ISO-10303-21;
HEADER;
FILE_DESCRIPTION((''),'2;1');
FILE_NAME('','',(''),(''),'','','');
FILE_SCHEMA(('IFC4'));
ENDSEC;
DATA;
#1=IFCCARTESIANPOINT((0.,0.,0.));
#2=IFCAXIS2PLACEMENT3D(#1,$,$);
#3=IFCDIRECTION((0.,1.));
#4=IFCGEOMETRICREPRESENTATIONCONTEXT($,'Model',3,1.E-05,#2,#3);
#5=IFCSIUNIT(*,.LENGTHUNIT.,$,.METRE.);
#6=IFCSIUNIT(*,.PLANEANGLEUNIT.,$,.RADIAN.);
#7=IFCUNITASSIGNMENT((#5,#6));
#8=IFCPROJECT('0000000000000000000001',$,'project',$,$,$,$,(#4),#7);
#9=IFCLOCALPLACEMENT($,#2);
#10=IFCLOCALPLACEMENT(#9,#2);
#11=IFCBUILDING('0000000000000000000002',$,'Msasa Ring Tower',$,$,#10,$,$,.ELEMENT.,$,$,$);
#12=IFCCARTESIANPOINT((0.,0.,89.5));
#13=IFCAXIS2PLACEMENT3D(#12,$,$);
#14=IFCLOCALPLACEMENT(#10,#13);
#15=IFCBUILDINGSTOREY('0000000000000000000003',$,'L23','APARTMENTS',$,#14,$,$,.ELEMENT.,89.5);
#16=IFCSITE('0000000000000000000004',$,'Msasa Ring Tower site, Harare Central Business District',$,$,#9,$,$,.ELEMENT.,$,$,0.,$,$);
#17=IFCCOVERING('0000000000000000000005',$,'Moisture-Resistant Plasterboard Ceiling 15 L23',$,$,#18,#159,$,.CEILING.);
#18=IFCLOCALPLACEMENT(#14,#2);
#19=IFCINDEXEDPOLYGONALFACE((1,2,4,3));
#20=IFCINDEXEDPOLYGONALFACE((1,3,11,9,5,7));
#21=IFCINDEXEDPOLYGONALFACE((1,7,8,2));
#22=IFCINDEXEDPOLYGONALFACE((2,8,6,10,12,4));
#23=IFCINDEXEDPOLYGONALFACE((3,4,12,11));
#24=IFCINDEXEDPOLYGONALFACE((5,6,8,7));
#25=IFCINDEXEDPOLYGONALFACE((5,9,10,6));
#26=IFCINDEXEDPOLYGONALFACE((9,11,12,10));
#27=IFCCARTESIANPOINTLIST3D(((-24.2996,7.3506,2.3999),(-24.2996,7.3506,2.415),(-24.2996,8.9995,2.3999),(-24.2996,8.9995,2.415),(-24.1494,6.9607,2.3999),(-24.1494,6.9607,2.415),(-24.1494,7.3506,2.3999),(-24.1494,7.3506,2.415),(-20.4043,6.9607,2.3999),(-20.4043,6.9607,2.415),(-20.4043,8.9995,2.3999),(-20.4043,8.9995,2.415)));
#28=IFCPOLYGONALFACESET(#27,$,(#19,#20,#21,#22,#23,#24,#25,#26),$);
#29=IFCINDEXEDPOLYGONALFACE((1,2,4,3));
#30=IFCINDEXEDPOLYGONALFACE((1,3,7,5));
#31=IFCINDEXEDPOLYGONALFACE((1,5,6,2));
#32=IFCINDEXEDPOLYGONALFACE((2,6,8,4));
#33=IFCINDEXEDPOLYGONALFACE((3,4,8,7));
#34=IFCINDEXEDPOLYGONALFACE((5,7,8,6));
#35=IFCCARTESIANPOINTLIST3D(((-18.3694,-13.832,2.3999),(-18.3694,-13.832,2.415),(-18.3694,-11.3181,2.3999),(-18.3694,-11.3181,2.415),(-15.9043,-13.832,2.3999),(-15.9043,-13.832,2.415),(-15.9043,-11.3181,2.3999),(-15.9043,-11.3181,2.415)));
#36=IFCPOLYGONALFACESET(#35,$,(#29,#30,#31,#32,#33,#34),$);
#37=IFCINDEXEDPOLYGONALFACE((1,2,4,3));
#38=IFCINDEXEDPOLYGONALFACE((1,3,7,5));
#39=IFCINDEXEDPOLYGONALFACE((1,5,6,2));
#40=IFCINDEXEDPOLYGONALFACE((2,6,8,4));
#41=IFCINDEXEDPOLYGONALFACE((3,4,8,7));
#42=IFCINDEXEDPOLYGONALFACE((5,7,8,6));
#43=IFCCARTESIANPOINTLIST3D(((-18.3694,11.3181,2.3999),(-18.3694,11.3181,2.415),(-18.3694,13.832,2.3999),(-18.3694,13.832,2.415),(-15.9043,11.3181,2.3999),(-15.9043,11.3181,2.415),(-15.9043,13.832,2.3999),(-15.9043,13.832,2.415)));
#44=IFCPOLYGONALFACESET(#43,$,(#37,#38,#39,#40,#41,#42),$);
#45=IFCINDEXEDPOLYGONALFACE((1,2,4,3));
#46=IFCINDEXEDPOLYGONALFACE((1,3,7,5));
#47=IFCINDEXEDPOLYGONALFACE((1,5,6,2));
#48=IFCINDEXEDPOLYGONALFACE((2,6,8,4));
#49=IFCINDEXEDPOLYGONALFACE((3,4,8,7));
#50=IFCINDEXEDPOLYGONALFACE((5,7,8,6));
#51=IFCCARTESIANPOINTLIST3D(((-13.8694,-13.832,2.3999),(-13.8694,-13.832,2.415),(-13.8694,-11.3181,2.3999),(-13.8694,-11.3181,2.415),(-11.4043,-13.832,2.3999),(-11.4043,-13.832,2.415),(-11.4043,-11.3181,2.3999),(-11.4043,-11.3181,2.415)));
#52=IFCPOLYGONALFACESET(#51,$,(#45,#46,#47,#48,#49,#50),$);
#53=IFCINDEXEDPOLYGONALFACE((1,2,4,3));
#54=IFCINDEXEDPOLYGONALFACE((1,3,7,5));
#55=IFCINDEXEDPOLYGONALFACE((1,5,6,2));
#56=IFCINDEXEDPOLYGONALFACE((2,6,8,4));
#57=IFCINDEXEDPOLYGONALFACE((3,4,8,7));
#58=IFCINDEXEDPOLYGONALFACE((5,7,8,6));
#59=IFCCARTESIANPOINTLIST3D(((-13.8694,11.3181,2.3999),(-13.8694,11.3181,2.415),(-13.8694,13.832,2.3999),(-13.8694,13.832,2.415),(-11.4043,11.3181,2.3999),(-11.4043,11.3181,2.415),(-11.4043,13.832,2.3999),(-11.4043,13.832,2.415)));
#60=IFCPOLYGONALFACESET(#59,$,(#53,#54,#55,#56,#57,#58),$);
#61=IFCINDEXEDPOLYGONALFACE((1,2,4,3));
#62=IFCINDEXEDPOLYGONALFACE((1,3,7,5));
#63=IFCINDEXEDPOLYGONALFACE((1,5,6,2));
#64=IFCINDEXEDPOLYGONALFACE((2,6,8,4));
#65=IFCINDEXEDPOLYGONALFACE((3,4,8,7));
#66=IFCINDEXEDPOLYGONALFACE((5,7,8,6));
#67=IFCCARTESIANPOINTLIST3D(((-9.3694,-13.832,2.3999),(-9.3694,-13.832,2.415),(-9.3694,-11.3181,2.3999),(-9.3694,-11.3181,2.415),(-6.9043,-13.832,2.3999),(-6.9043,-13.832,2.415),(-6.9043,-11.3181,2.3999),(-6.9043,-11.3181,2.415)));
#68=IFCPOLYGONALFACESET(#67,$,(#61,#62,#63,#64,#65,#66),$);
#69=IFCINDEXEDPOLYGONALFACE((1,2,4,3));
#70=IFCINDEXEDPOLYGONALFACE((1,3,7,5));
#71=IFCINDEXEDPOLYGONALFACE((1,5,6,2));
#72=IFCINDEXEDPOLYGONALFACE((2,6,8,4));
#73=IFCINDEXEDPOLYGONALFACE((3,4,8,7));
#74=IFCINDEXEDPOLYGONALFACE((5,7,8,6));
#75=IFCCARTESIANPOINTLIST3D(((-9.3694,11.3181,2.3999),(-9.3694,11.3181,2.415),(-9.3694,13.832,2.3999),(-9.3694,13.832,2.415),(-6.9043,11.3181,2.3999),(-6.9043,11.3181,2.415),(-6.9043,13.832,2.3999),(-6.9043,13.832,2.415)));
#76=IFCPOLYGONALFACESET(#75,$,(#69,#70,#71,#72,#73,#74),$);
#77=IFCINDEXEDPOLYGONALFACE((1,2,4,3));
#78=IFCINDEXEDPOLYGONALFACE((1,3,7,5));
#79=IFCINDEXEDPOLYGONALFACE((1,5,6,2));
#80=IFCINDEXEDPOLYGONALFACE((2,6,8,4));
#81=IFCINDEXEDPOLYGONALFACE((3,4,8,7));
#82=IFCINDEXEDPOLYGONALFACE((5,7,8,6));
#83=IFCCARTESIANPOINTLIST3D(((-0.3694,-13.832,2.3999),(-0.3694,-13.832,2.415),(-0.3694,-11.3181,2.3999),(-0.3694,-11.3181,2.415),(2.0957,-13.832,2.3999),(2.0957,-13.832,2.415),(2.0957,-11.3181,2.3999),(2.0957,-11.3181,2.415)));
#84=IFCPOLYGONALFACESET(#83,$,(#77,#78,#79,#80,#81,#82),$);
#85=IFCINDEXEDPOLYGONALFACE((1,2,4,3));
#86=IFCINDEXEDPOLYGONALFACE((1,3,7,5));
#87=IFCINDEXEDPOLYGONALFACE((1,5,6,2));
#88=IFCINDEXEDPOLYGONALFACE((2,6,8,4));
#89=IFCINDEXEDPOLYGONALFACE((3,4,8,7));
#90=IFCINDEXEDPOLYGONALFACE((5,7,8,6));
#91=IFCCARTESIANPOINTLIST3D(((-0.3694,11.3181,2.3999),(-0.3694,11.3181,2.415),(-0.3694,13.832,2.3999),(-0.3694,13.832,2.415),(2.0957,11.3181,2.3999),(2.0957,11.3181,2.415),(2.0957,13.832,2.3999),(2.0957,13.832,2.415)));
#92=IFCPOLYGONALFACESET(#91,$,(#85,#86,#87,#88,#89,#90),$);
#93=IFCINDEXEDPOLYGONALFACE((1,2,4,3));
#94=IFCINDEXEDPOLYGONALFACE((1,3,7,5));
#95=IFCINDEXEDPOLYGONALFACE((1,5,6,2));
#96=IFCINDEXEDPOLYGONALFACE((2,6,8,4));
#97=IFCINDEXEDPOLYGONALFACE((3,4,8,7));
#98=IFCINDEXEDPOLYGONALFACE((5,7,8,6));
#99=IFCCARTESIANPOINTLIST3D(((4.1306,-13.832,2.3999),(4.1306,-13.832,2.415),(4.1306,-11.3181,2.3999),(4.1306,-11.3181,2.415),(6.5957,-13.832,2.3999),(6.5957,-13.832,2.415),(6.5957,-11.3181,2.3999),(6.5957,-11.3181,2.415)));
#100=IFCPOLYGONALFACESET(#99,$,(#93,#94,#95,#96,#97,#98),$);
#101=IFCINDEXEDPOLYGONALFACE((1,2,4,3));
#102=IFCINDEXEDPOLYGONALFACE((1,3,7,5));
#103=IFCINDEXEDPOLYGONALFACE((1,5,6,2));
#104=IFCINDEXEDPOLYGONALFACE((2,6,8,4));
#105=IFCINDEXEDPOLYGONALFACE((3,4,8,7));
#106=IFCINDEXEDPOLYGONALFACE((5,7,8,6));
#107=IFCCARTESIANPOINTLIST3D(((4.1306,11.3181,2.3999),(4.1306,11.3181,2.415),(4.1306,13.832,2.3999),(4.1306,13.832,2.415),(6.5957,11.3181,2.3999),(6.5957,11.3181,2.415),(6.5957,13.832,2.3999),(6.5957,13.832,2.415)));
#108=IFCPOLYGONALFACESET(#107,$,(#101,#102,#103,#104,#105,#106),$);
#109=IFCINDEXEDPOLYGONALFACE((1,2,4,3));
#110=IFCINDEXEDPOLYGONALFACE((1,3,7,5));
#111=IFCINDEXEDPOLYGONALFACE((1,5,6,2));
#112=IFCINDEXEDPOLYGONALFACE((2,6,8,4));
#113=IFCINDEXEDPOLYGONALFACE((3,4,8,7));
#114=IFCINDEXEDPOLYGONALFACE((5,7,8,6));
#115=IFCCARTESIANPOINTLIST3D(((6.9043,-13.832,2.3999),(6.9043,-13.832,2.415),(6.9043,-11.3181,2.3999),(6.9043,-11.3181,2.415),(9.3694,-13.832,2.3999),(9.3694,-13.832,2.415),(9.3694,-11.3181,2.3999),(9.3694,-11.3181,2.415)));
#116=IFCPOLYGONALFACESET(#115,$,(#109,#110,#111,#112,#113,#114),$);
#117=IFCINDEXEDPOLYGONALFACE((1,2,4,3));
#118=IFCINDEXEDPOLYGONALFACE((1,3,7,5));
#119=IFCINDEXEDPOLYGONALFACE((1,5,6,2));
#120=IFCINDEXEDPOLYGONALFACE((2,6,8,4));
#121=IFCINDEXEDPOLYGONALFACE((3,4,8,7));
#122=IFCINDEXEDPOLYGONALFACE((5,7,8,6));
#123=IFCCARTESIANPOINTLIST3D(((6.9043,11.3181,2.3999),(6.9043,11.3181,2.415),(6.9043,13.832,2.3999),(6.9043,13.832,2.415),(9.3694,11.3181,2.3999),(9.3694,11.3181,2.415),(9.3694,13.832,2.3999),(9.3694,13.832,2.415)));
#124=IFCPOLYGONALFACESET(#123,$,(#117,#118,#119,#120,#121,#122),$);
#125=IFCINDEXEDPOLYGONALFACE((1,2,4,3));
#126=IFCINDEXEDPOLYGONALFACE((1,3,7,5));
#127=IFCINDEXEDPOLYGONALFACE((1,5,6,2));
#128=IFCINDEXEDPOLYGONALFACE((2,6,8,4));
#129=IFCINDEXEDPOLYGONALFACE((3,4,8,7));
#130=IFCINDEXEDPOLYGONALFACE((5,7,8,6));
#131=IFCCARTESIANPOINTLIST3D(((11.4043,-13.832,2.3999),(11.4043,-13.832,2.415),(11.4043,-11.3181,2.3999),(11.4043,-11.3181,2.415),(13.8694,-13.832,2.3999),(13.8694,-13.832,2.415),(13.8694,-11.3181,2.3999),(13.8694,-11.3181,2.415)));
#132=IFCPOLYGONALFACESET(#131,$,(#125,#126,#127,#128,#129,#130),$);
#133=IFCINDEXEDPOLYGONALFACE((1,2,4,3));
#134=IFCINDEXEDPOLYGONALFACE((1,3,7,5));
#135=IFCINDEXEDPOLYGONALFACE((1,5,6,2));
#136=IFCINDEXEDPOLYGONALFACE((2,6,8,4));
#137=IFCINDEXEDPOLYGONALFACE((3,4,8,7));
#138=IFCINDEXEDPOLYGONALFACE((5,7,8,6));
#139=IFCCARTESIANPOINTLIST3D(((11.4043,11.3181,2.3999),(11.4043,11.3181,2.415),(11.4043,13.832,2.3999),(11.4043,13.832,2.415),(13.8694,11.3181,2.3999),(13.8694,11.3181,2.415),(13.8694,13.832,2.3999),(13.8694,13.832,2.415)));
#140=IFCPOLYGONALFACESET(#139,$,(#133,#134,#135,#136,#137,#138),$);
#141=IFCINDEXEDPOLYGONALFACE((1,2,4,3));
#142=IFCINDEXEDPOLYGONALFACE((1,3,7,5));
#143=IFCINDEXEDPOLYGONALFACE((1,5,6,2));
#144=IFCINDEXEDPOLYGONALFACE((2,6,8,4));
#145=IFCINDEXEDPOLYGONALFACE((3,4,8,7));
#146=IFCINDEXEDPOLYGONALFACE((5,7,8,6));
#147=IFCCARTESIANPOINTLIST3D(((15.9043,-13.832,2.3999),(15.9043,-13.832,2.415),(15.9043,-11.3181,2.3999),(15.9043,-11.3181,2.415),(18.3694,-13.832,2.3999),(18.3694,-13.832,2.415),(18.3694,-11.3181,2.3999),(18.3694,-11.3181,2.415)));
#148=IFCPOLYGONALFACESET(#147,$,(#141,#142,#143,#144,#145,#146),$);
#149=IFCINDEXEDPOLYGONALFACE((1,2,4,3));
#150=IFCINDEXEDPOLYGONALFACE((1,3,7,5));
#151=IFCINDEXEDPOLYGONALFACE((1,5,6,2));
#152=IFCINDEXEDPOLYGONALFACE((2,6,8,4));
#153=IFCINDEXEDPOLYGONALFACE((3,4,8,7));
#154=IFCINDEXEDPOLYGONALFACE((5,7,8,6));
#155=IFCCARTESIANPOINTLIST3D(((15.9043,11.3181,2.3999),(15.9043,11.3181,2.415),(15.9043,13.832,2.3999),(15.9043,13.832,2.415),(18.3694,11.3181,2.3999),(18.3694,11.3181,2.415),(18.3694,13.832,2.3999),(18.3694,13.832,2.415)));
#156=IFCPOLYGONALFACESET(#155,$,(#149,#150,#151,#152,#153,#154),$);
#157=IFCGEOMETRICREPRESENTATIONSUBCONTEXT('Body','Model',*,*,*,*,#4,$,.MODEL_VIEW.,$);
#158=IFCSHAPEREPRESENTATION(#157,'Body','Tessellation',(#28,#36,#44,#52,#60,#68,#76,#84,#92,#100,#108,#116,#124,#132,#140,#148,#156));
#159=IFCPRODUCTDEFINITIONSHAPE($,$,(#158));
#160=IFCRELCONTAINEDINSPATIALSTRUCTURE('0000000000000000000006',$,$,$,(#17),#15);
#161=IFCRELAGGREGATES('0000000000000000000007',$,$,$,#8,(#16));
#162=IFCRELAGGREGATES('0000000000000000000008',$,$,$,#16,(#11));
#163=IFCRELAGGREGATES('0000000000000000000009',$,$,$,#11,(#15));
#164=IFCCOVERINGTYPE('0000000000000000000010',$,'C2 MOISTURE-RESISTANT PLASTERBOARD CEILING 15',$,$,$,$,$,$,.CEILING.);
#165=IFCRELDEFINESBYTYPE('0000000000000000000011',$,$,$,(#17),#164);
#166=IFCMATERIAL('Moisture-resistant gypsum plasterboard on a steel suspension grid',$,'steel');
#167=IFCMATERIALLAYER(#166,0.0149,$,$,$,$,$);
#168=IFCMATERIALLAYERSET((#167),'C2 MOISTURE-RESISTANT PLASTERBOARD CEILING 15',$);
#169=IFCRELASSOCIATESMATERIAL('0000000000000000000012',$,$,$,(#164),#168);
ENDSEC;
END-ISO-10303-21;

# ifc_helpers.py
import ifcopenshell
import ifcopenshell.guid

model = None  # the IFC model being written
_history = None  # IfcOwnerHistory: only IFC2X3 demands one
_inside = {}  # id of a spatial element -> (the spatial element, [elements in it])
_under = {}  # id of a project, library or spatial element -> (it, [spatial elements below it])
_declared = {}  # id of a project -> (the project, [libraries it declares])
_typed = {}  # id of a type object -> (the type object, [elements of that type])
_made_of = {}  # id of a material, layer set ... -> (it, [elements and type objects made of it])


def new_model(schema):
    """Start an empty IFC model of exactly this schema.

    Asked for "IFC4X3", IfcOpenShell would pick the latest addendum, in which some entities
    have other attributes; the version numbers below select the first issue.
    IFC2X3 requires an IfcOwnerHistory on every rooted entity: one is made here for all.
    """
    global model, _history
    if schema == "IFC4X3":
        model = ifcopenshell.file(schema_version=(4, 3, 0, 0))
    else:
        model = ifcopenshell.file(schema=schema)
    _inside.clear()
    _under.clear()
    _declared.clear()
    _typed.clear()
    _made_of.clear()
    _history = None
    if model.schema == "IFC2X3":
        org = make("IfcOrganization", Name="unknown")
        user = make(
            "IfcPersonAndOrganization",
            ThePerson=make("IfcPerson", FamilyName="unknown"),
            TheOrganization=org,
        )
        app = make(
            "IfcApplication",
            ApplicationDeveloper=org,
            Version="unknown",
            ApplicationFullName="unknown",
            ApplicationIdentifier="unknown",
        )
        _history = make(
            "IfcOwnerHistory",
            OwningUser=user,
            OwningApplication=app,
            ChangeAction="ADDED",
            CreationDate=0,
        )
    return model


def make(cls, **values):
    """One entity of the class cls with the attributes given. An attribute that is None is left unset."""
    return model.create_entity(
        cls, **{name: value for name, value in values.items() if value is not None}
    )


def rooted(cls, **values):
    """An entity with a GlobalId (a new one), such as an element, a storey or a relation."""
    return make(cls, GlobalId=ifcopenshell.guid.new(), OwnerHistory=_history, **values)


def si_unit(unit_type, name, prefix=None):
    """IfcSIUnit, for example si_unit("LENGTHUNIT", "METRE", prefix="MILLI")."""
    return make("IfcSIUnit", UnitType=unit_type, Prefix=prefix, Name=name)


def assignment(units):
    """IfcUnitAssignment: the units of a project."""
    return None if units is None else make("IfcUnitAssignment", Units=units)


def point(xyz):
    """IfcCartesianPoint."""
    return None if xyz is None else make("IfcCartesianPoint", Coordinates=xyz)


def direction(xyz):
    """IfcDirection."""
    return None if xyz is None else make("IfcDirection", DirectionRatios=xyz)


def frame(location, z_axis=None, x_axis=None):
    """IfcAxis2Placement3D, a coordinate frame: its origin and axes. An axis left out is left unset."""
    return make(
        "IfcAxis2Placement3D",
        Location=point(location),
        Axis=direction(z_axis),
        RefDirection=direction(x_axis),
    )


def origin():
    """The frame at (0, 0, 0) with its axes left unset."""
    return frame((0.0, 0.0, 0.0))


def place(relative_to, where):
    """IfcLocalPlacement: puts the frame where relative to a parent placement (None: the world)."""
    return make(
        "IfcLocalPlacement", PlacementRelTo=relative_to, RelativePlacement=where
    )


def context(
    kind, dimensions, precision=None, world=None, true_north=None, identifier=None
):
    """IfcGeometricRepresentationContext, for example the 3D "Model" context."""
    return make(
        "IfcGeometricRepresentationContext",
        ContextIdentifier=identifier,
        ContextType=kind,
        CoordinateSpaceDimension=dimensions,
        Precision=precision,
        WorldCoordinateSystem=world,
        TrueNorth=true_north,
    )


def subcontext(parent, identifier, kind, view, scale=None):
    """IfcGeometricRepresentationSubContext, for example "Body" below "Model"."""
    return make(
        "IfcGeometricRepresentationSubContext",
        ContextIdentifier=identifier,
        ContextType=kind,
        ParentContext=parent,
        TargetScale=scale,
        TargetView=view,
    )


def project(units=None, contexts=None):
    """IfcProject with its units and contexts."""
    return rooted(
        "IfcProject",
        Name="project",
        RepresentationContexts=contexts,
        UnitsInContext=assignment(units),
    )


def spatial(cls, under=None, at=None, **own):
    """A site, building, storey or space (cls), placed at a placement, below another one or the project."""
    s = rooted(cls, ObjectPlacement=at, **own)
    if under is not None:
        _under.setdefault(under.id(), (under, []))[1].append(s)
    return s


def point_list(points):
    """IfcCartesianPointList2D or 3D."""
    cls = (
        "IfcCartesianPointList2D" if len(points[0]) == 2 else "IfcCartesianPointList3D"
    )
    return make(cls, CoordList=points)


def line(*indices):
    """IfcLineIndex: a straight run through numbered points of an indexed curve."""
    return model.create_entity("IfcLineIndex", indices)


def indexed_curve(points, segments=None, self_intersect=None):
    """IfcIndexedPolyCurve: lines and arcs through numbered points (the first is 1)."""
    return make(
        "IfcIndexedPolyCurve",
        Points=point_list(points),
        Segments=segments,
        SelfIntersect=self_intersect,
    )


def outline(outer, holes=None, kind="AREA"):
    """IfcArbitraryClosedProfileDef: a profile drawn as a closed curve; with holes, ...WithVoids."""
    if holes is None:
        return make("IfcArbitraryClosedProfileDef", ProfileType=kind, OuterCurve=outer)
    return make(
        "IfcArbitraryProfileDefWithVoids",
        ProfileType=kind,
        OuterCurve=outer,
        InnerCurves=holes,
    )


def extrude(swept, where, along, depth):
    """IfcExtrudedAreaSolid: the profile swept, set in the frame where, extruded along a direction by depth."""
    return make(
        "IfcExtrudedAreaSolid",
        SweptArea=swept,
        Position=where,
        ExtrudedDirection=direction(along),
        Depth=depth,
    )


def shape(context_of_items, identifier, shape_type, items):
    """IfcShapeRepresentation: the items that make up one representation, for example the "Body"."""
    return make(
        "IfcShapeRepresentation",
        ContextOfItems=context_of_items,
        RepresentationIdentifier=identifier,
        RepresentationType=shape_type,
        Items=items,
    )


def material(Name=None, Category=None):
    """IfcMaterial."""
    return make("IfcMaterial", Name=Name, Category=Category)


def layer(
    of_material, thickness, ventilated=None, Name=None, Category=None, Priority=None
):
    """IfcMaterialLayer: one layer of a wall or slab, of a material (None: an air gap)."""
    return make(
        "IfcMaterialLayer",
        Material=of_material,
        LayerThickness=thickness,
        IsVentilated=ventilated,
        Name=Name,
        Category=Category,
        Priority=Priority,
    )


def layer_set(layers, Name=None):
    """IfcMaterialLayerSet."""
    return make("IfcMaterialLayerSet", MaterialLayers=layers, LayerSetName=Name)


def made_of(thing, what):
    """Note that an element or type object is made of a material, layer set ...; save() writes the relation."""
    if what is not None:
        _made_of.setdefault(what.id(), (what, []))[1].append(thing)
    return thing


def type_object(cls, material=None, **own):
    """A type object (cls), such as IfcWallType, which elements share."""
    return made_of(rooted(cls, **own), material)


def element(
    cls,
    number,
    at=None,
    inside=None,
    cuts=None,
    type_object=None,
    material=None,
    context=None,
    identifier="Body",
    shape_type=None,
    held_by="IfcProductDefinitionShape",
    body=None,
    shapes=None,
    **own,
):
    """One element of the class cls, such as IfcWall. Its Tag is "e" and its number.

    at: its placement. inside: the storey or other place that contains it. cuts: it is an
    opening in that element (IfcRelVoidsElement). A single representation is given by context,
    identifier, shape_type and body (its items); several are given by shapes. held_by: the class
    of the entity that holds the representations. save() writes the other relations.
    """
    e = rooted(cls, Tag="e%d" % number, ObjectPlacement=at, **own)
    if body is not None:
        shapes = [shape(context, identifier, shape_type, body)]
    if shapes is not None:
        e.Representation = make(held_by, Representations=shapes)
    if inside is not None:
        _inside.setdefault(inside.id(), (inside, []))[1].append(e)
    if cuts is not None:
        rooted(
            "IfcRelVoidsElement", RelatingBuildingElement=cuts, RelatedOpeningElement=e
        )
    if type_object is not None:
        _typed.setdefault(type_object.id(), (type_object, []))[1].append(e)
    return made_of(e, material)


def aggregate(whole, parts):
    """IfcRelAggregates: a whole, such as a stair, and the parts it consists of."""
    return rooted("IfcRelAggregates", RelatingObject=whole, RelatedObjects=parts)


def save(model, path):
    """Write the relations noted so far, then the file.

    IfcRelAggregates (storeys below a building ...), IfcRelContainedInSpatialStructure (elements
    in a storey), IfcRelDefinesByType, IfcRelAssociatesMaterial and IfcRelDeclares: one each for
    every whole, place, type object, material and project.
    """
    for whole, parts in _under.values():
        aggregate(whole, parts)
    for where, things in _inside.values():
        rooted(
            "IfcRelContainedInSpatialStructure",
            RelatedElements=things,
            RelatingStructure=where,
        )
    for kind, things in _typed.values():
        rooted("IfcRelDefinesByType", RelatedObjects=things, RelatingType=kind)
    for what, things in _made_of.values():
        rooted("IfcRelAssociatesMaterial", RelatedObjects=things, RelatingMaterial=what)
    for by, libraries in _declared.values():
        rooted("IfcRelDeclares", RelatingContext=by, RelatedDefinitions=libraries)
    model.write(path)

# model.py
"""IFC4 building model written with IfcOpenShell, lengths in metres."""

from ifc_helpers import new_model, si_unit, direction, frame, origin, place, context, subcontext, project, spatial, line, indexed_curve, outline, extrude, material, layer, layer_set, type_object, element, save


model = new_model("IFC4")

# Units and contexts
model_context = context("Model", 3, precision=1e-05, world=origin(), true_north=direction((0.0, 1.0)))
body_context = subcontext(model_context, "Body", "Model", "MODEL_VIEW")
ifc_project = project(units=[si_unit("LENGTHUNIT", "METRE"), si_unit("PLANEANGLEUNIT", "RADIAN")], contexts=[model_context])

# Site, building, storey
site_placement = place(None, origin())
site = spatial("IfcSite", under=ifc_project, at=site_placement, Name="Msasa Ring Tower site, Harare Central Business District", CompositionType="ELEMENT", RefElevation=0.0)
building_placement = place(site_placement, origin())
building = spatial("IfcBuilding", under=site, at=building_placement, Name="Msasa Ring Tower", CompositionType="ELEMENT")
storey_placement = place(building_placement, frame((0.0, 0.0, 89.5)))
storey = spatial("IfcBuildingStorey", under=building, at=storey_placement, Name="L23", Description="APARTMENTS", CompositionType="ELEMENT", Elevation=89.5)

# Covering
ifc_material_1 = material(Name="Moisture-resistant gypsum plasterboard on a steel suspension grid", Category="steel")
ifc_layer_1 = layer(ifc_material_1, 0.0149)
ifc_layer_set_1 = layer_set([ifc_layer_1], Name="C2 MOISTURE-RESISTANT PLASTERBOARD CEILING 15")
covering_type_1 = type_object("IfcCoveringType", Name="C2 MOISTURE-RESISTANT PLASTERBOARD CEILING 15", PredefinedType="CEILING", material=ifc_layer_set_1)
covering_1_placement = place(storey_placement, frame((0.0, 0.0, 2.3999)))
element("IfcCovering", 1, at=covering_1_placement, inside=storey, type_object=covering_type_1, Name="Moisture-Resistant Plasterboard Ceiling 15 L23", PredefinedType="CEILING", context=body_context, shape_type="SweptSolid", body=[
    extrude(outline(indexed_curve([(-24.2996, 8.9995), (-20.4043, 8.9995), (-20.4043, 6.9607), (-24.1494, 6.9607), (-24.1494, 7.3506), (-24.2996, 7.3506)], segments=[line(1, 2, 3, 4, 5, 6, 1)], self_intersect=False)), origin(), (0.0, 0.0, 1.0), 0.0151),
    extrude(outline(indexed_curve([(-18.3694, -11.3181), (-15.9043, -11.3181), (-15.9043, -13.832), (-18.3694, -13.832)], segments=[line(1, 2, 3, 4, 1)], self_intersect=False)), origin(), (0.0, 0.0, 1.0), 0.0151),
    extrude(outline(indexed_curve([(-18.3694, 13.832), (-15.9043, 13.832), (-15.9043, 11.3181), (-18.3694, 11.3181)], segments=[line(1, 2, 3, 4, 1)], self_intersect=False)), origin(), (0.0, 0.0, 1.0), 0.0151),
    extrude(outline(indexed_curve([(-13.8694, -11.3181), (-11.4043, -11.3181), (-11.4043, -13.832), (-13.8694, -13.832)], segments=[line(1, 2, 3, 4, 1)], self_intersect=False)), origin(), (0.0, 0.0, 1.0), 0.0151),
    extrude(outline(indexed_curve([(-13.8694, 13.832), (-11.4043, 13.832), (-11.4043, 11.3181), (-13.8694, 11.3181)], segments=[line(1, 2, 3, 4, 1)], self_intersect=False)), origin(), (0.0, 0.0, 1.0), 0.0151),
    extrude(outline(indexed_curve([(-9.3694, -11.3181), (-6.9043, -11.3181), (-6.9043, -13.832), (-9.3694, -13.832)], segments=[line(1, 2, 3, 4, 1)], self_intersect=False)), origin(), (0.0, 0.0, 1.0), 0.0151),
    extrude(outline(indexed_curve([(-9.3694, 13.832), (-6.9043, 13.832), (-6.9043, 11.3181), (-9.3694, 11.3181)], segments=[line(1, 2, 3, 4, 1)], self_intersect=False)), origin(), (0.0, 0.0, 1.0), 0.0151),
    extrude(outline(indexed_curve([(-0.3694, -11.3181), (2.0957, -11.3181), (2.0957, -13.832), (-0.3694, -13.832)], segments=[line(1, 2, 3, 4, 1)], self_intersect=False)), origin(), (0.0, 0.0, 1.0), 0.0151),
    extrude(outline(indexed_curve([(-0.3694, 13.832), (2.0957, 13.832), (2.0957, 11.3181), (-0.3694, 11.3181)], segments=[line(1, 2, 3, 4, 1)], self_intersect=False)), origin(), (0.0, 0.0, 1.0), 0.0151),
    extrude(outline(indexed_curve([(4.1306, -11.3181), (6.5957, -11.3181), (6.5957, -13.832), (4.1306, -13.832)], segments=[line(1, 2, 3, 4, 1)], self_intersect=False)), origin(), (0.0, 0.0, 1.0), 0.0151),
    extrude(outline(indexed_curve([(4.1306, 13.832), (6.5957, 13.832), (6.5957, 11.3181), (4.1306, 11.3181)], segments=[line(1, 2, 3, 4, 1)], self_intersect=False)), origin(), (0.0, 0.0, 1.0), 0.0151),
    extrude(outline(indexed_curve([(9.3694, -11.3181), (9.3694, -13.832), (6.9043, -13.832), (6.9043, -11.3181)], segments=[line(1, 2, 3, 4, 1)], self_intersect=False)), origin(), (0.0, 0.0, 1.0), 0.0151),
    extrude(outline(indexed_curve([(9.3694, 13.832), (9.3694, 11.3181), (6.9043, 11.3181), (6.9043, 13.832)], segments=[line(1, 2, 3, 4, 1)], self_intersect=False)), origin(), (0.0, 0.0, 1.0), 0.0151),
    extrude(outline(indexed_curve([(13.8694, -11.3181), (13.8694, -13.832), (11.4043, -13.832), (11.4043, -11.3181)], segments=[line(1, 2, 3, 4, 1)], self_intersect=False)), origin(), (0.0, 0.0, 1.0), 0.0151),
    extrude(outline(indexed_curve([(13.8694, 13.832), (13.8694, 11.3181), (11.4043, 11.3181), (11.4043, 13.832)], segments=[line(1, 2, 3, 4, 1)], self_intersect=False)), origin(), (0.0, 0.0, 1.0), 0.0151),
    extrude(outline(indexed_curve([(18.3694, -11.3181), (18.3694, -13.832), (15.9043, -13.832), (15.9043, -11.3181)], segments=[line(1, 2, 3, 4, 1)], self_intersect=False)), origin(), (0.0, 0.0, 1.0), 0.0151),
    extrude(outline(indexed_curve([(18.3694, 13.832), (18.3694, 11.3181), (15.9043, 11.3181), (15.9043, 13.832)], segments=[line(1, 2, 3, 4, 1)], self_intersect=False)), origin(), (0.0, 0.0, 1.0), 0.0151),
])

save(model, "model.ifc")
